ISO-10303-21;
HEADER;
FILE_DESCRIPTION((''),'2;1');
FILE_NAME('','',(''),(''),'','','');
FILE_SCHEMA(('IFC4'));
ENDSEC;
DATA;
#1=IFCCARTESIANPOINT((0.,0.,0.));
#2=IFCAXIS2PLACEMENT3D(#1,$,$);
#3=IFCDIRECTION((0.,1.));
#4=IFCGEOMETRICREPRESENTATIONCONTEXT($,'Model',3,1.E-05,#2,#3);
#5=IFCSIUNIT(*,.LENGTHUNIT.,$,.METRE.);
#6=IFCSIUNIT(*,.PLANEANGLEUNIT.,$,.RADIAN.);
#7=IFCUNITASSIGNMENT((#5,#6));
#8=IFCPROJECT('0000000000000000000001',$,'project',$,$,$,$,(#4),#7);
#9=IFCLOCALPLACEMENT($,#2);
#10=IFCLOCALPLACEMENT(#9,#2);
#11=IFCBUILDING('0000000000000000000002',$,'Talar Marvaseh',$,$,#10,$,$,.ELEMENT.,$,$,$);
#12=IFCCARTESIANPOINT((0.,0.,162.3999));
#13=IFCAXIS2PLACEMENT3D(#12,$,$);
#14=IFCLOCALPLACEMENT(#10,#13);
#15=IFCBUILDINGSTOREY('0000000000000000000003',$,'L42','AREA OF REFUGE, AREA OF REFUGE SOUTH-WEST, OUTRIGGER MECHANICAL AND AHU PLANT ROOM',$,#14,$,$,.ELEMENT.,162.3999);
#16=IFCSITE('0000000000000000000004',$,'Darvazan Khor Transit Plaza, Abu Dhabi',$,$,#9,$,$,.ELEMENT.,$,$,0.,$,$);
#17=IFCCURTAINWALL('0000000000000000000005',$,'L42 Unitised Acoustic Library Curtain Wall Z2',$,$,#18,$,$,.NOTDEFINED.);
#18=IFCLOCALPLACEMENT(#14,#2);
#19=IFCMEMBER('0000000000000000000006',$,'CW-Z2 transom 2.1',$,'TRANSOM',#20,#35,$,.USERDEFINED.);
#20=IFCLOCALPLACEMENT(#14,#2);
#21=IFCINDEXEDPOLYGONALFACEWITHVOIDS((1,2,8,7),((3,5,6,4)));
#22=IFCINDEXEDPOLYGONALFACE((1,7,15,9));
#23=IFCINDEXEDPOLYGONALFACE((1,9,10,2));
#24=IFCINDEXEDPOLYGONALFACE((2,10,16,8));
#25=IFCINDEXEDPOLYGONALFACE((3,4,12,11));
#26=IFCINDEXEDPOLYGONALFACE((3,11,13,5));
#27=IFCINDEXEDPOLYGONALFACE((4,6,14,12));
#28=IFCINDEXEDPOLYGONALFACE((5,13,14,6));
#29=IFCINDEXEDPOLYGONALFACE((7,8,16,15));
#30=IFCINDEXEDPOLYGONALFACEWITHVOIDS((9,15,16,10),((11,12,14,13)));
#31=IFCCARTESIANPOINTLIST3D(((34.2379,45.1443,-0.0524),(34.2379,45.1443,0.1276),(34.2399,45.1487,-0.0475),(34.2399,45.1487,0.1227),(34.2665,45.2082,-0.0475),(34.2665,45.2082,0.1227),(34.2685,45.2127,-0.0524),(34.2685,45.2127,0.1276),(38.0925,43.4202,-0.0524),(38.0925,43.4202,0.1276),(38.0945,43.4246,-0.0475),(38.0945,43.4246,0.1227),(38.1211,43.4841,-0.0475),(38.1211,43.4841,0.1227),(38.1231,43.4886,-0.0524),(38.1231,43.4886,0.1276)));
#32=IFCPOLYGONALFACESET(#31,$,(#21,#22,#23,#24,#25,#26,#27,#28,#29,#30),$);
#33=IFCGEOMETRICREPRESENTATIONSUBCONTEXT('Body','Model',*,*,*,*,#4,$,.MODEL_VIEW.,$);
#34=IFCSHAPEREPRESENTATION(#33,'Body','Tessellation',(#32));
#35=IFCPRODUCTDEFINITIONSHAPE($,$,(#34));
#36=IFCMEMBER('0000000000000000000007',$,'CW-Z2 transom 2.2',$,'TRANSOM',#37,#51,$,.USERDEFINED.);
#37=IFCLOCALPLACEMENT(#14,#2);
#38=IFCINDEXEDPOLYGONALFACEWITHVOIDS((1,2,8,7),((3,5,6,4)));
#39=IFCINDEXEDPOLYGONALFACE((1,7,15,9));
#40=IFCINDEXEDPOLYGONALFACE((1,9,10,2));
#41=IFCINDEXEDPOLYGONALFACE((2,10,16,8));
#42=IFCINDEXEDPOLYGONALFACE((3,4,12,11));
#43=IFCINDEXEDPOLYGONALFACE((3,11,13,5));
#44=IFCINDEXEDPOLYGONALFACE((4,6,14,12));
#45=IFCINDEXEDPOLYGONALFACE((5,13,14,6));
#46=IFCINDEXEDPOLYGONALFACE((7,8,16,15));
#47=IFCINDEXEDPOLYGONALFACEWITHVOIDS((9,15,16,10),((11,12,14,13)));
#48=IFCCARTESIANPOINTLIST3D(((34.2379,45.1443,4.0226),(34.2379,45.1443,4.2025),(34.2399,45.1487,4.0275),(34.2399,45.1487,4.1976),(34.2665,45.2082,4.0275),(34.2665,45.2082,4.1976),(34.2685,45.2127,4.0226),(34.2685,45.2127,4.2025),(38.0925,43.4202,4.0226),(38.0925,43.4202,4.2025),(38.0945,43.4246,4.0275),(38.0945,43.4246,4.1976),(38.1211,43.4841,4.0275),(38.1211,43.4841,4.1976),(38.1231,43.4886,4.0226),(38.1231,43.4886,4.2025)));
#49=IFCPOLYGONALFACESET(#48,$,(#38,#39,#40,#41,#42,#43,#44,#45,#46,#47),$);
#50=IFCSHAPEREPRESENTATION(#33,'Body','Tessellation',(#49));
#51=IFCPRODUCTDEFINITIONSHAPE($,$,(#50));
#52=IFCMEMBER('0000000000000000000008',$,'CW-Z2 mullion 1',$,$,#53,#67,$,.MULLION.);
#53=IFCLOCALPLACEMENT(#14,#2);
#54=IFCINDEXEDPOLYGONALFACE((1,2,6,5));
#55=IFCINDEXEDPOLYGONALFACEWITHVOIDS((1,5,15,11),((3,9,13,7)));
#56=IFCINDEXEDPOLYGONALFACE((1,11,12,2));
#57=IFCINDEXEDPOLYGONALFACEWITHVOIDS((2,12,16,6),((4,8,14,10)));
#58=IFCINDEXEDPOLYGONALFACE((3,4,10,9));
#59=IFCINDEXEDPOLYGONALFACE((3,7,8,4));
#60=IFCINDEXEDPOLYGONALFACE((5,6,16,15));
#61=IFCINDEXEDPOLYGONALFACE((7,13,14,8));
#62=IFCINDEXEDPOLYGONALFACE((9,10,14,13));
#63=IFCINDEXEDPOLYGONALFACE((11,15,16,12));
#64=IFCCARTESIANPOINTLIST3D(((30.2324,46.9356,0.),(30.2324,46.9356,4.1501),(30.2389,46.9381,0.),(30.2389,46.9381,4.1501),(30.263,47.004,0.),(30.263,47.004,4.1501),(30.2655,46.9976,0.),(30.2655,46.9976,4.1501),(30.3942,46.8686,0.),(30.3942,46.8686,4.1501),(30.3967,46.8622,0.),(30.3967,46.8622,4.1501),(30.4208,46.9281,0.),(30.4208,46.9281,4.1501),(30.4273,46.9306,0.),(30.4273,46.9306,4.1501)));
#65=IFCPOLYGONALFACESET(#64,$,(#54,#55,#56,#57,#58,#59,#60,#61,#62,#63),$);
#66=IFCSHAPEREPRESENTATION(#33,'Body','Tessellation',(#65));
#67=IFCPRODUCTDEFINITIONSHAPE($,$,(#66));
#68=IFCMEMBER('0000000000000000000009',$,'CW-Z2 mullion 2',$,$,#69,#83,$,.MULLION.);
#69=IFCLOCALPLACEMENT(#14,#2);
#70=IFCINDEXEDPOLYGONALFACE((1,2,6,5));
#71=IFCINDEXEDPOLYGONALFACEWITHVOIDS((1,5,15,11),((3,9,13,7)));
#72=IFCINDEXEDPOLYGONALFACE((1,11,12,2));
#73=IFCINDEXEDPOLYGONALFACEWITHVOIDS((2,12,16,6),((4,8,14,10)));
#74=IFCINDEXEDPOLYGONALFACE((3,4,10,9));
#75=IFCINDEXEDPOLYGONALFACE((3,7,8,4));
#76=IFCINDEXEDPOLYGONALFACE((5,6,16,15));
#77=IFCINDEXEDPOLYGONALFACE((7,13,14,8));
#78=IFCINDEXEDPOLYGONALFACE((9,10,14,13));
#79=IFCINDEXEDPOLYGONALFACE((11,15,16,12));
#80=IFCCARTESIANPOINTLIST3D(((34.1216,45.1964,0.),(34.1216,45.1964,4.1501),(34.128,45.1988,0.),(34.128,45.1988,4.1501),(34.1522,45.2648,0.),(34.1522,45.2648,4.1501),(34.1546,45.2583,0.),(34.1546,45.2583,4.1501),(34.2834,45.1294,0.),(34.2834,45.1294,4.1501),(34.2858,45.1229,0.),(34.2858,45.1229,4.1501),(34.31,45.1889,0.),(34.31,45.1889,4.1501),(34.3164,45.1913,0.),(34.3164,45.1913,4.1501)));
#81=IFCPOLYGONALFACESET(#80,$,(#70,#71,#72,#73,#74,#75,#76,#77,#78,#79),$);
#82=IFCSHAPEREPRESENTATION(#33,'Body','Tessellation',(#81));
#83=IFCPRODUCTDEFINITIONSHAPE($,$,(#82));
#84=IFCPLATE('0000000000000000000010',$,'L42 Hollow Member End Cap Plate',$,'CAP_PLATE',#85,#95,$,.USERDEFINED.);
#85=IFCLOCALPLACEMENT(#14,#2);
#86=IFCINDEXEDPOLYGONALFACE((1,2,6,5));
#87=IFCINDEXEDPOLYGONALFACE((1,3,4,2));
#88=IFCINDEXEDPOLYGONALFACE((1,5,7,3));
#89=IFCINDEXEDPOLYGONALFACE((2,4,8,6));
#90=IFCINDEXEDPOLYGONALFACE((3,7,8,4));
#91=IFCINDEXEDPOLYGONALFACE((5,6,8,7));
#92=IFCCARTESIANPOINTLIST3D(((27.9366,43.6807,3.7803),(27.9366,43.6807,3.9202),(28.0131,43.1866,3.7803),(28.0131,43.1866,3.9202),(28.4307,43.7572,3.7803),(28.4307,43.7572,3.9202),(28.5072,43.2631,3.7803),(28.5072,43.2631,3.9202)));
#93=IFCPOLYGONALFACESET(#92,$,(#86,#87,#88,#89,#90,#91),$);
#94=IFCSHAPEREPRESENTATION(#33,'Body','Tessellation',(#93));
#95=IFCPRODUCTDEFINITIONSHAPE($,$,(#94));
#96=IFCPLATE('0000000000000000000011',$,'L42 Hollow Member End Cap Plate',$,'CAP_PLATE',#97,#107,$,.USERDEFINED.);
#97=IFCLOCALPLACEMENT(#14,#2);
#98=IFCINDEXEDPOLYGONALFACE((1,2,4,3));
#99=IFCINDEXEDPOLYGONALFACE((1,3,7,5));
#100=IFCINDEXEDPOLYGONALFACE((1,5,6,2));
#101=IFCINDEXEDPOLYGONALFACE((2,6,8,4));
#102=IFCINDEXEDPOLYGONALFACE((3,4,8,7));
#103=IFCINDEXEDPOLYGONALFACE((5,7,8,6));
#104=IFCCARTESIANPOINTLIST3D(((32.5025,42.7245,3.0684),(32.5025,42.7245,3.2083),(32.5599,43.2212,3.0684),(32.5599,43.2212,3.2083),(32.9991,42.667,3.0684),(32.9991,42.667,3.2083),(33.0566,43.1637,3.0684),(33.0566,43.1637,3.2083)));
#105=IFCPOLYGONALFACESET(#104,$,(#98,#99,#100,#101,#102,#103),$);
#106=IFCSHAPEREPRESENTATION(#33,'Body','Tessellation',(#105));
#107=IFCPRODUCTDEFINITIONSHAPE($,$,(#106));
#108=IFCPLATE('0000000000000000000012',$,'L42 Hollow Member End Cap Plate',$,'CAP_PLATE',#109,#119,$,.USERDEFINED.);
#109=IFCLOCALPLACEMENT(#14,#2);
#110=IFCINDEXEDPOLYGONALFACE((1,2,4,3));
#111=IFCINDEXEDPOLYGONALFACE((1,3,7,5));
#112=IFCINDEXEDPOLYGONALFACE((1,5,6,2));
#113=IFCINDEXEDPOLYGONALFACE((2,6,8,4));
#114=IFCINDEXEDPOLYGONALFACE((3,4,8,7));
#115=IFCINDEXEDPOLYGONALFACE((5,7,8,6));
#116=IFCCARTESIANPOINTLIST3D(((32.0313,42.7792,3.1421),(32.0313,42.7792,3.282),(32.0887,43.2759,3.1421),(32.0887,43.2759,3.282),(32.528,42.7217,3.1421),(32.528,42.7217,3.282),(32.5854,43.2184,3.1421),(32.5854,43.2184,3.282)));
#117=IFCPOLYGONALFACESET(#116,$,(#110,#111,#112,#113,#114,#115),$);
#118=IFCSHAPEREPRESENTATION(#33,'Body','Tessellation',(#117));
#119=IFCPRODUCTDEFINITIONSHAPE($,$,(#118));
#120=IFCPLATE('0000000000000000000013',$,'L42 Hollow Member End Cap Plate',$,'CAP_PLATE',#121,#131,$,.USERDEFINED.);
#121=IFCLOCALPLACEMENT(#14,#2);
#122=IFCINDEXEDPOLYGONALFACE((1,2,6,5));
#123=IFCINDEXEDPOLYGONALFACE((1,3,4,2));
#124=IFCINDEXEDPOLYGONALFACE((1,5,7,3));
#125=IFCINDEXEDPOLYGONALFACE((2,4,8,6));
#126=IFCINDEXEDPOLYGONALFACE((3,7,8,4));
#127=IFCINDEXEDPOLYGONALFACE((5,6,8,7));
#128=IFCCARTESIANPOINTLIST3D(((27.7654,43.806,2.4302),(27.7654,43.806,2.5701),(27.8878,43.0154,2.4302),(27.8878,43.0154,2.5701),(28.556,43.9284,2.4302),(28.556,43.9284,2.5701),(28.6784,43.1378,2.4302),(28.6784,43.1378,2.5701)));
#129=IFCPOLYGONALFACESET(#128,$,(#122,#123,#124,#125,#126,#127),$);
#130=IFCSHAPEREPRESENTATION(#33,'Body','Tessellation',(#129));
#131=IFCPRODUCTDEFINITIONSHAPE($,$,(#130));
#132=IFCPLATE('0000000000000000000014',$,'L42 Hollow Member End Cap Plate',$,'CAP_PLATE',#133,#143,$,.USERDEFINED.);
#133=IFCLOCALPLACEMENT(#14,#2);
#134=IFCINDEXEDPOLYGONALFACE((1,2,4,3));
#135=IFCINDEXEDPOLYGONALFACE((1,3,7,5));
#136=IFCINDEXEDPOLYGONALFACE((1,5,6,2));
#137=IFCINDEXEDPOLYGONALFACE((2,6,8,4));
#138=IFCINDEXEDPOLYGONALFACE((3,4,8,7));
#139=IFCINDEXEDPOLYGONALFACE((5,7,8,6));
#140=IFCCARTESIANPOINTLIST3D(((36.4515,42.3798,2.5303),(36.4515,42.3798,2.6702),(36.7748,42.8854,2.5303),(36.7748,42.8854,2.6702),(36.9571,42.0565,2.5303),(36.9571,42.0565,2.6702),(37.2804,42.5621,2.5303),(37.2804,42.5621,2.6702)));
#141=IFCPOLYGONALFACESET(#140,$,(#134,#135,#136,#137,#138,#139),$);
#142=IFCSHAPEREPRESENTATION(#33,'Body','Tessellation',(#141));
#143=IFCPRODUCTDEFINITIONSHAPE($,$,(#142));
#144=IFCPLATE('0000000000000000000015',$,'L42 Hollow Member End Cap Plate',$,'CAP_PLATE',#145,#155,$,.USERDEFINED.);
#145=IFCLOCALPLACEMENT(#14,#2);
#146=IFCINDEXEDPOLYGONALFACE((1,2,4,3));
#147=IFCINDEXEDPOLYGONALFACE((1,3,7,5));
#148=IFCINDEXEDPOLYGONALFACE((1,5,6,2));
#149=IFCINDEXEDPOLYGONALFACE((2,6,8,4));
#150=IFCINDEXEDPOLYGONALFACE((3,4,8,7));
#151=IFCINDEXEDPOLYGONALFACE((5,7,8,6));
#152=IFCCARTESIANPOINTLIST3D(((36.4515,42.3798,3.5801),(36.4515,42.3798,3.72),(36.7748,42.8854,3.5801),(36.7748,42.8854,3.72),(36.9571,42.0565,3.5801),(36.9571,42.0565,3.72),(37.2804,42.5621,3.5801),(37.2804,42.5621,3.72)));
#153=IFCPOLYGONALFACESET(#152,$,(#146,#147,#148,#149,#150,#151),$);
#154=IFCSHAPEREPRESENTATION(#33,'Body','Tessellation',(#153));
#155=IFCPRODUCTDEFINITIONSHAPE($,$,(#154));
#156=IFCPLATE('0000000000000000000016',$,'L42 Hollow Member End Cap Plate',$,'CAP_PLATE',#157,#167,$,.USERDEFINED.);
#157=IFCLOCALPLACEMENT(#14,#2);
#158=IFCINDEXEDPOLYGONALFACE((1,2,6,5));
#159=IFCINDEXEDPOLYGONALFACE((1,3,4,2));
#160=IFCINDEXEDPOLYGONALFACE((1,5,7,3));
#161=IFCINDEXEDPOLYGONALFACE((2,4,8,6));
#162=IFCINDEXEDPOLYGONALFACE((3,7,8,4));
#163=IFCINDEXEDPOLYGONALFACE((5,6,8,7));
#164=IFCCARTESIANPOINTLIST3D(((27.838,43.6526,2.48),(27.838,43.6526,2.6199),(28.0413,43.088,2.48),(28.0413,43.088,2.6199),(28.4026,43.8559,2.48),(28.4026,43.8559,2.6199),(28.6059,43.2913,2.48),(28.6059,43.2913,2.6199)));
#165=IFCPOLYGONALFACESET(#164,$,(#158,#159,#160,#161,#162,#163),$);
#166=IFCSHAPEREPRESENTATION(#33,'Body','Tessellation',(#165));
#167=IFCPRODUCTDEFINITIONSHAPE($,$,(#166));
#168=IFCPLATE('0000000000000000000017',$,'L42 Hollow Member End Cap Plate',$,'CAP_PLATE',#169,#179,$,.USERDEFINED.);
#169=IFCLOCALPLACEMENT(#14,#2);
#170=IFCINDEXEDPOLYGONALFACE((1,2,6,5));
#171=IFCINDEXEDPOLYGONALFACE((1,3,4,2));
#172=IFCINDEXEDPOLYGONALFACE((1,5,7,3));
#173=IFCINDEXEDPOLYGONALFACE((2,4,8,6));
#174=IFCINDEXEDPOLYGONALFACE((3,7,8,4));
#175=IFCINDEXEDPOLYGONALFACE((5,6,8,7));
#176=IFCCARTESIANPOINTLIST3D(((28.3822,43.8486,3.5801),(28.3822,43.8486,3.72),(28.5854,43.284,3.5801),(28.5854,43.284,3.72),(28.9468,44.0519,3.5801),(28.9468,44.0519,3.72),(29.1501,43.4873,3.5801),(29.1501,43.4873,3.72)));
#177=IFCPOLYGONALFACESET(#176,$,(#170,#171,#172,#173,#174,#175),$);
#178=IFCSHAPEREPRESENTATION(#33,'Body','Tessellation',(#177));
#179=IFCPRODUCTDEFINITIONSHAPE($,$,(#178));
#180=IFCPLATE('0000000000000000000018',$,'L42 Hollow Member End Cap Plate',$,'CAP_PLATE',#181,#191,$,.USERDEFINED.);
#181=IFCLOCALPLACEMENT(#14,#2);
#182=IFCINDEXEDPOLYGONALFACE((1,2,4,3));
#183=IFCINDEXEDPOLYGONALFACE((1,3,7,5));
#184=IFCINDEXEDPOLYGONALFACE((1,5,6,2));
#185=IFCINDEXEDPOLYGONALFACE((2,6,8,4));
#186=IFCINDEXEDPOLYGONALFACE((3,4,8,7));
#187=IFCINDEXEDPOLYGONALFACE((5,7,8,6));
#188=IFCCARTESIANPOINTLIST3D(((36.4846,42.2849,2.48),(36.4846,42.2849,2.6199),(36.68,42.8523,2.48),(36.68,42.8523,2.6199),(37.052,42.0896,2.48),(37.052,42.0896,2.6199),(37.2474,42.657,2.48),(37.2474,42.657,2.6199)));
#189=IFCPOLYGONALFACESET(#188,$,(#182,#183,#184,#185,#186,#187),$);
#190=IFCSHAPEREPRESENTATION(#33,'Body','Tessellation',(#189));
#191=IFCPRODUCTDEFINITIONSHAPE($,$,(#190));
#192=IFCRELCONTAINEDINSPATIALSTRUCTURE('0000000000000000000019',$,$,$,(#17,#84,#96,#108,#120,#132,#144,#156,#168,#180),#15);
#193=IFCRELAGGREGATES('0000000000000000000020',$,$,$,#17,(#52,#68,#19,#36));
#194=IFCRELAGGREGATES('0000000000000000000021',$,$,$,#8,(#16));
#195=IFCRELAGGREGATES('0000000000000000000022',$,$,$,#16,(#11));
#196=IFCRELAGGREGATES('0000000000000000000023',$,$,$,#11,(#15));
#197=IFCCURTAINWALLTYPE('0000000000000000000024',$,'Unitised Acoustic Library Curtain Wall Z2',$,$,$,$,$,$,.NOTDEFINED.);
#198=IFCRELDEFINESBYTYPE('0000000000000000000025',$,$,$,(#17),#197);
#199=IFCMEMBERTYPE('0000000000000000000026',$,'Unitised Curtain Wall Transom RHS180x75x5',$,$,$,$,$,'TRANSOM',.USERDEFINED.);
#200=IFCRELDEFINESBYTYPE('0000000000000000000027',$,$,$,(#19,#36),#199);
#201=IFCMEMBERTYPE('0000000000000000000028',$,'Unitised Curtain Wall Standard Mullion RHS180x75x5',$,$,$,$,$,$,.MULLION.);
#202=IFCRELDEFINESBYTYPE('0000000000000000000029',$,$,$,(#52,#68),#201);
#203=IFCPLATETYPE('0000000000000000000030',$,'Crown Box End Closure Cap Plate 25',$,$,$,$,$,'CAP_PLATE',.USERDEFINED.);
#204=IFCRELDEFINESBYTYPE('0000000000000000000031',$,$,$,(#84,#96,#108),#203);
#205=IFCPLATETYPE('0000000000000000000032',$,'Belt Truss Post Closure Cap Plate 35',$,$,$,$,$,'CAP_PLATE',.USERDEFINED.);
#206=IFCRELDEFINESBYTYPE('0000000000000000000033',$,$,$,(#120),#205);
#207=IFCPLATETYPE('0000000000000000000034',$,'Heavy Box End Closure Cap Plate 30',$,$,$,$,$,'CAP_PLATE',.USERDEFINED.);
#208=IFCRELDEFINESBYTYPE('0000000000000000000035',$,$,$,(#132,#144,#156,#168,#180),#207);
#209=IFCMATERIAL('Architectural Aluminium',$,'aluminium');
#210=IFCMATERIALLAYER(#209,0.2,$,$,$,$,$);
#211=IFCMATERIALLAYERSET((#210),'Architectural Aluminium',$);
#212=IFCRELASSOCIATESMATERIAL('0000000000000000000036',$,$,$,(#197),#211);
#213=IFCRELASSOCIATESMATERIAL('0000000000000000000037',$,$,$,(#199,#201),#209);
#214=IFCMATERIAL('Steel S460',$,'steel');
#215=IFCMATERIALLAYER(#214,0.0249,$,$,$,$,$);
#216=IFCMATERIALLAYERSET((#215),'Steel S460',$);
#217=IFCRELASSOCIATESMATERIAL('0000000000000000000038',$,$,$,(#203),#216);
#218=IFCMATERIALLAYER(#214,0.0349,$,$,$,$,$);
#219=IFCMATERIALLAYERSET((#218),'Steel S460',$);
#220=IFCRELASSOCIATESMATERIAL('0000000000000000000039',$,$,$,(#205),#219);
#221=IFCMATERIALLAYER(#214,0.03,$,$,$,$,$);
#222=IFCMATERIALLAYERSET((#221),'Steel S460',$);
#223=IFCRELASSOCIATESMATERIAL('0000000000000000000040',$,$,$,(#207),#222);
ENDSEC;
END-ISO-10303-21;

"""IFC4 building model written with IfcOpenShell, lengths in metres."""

from ifc_helpers import new_model, si_unit, direction, frame, origin, origin_2d, place, context, subcontext, project, spatial, rectangle, hollow_rectangle, extrude, source, transform, mapped, material, layer, layer_set, material_profile, profile_set, type_object, type_shapes, element, aggregate, save


model = new_model("IFC4")

# Units and contexts
model_context = context("Model", 3, precision=1e-05, world=origin(), true_north=direction((0.0, 1.0)))
body_context = subcontext(model_context, "Body", "Model", "MODEL_VIEW")
ifc_project = project(units=[si_unit("LENGTHUNIT", "METRE"), si_unit("PLANEANGLEUNIT", "RADIAN")], contexts=[model_context])

# Site, building, storey
site_placement = place(None, origin())
site = spatial("IfcSite", under=ifc_project, at=site_placement, Name="Darvazan Khor Transit Plaza, Abu Dhabi", CompositionType="ELEMENT", RefElevation=0.0)
building_placement = place(site_placement, origin())
building = spatial("IfcBuilding", under=site, at=building_placement, Name="Talar Marvaseh", CompositionType="ELEMENT")
storey_placement = place(building_placement, frame((0.0, 0.0, 162.3999)))
storey = spatial("IfcBuildingStorey", under=building, at=storey_placement, Name="L42", Description="AREA OF REFUGE, AREA OF REFUGE SOUTH-WEST, OUTRIGGER MECHANICAL AND AHU PLANT ROOM", CompositionType="ELEMENT", Elevation=162.3999)

# Shared definitions
ifc_material_1 = material(Name="Steel S460", Category="steel")

# Curtain wall, members
ifc_material_2 = material(Name="Architectural Aluminium", Category="aluminium")
ifc_layer_1 = layer(ifc_material_2, 0.2)
ifc_layer_set_1 = layer_set([ifc_layer_1], Name="Architectural Aluminium")
curtain_wall_type = type_object("IfcCurtainWallType", Name="Unitised Acoustic Library Curtain Wall Z2", PredefinedType="NOTDEFINED", material=ifc_layer_set_1)
curtain_wall_placement = place(storey_placement, origin())
curtain_wall = element("IfcCurtainWall", 1, at=curtain_wall_placement, inside=storey, type_object=curtain_wall_type, Name="L42 Unitised Acoustic Library Curtain Wall Z2", PredefinedType="NOTDEFINED")
ifc_material_profile_1 = material_profile(ifc_material_2, hollow_rectangle(XDim=0.075, YDim=0.1799, WallThickness=0.0049, at=origin_2d()), Name="RHS180x75x5")
ifc_profile_set_1 = profile_set([ifc_material_profile_1], Name="Architectural Aluminium")
member_type_1 = type_object("IfcMemberType", Name="Unitised Curtain Wall Transom RHS180x75x5", ElementType="TRANSOM", PredefinedType="USERDEFINED", material=ifc_profile_set_1)
shared_shape_1 = source(origin(), body_context, "Body", "SweptSolid", [
    extrude(hollow_rectangle(XDim=0.075, YDim=0.1799, WallThickness=0.0049, at=origin_2d()), origin(), (0.0, 0.0, 1.0), 4.2227),
])
member_1_placement = place(storey_placement, frame((34.2532, 45.1785, 0.0376), z_axis=(0.912851, -0.408294, 0.0), x_axis=(0.408294, 0.912851, 0.0)))
member_1 = element("IfcMember", 2, at=member_1_placement, type_object=member_type_1, Name="CW-Z2 transom 2.1", ObjectType="TRANSOM", PredefinedType="USERDEFINED", context=body_context, shape_type="MappedRepresentation", body=[
    mapped(shared_shape_1, transform((0.0, 0.0, 0.0), x_axis=(1.0, 0.0, 0.0), y_axis=(0.0, 1.0, 0.0), z_axis=(0.0, 0.0, 1.0), scale=1.0)),
])
member_2_placement = place(storey_placement, frame((34.2532, 45.1785, 4.1125), z_axis=(0.912851, -0.408294, 0.0), x_axis=(0.408294, 0.912851, 0.0)))
member_2 = element("IfcMember", 3, at=member_2_placement, type_object=member_type_1, Name="CW-Z2 transom 2.2", ObjectType="TRANSOM", PredefinedType="USERDEFINED", context=body_context, shape_type="MappedRepresentation", body=[
    mapped(shared_shape_1, transform((0.0, 0.0, 0.0), x_axis=(1.0, 0.0, 0.0), y_axis=(0.0, 1.0, 0.0), z_axis=(0.0, 0.0, 1.0), scale=1.0)),
])
ifc_material_profile_2 = material_profile(ifc_material_2, hollow_rectangle(XDim=0.075, YDim=0.1799, WallThickness=0.0049, at=origin_2d()), Name="RHS180x75x5")
ifc_profile_set_2 = profile_set([ifc_material_profile_2], Name="Architectural Aluminium")
member_type_2 = type_object("IfcMemberType", Name="Unitised Curtain Wall Standard Mullion RHS180x75x5", PredefinedType="MULLION", material=ifc_profile_set_2)
shared_shape_2 = source(origin(), body_context, "Body", "SweptSolid", [
    extrude(hollow_rectangle(XDim=0.075, YDim=0.1799, WallThickness=0.0049, at=origin_2d()), origin(), (0.0, 0.0, 1.0), 4.1501),
])
type_shapes(member_type_2, [shared_shape_2])
member_3_placement = place(storey_placement, frame((30.3298, 46.9331, 0.0), z_axis=(0.0, 0.0, 1.0), x_axis=(0.40827, 0.912861, 0.0)))
member_3 = element("IfcMember", 4, at=member_3_placement, type_object=member_type_2, Name="CW-Z2 mullion 1", PredefinedType="MULLION", context=body_context, shape_type="MappedRepresentation", body=[
    mapped(shared_shape_2, transform((0.0, 0.0, 0.0), x_axis=(1.0, 0.0, 0.0), y_axis=(0.0, 1.0, 0.0), z_axis=(0.0, 0.0, 1.0), scale=1.0)),
])
member_4_placement = place(storey_placement, frame((34.219, 45.1938, 0.0), z_axis=(0.0, 0.0, 1.0), x_axis=(0.40827, 0.912861, 0.0)))
member_4 = element("IfcMember", 5, at=member_4_placement, type_object=member_type_2, Name="CW-Z2 mullion 2", PredefinedType="MULLION", context=body_context, shape_type="MappedRepresentation", body=[
    mapped(shared_shape_2, transform((0.0, 0.0, 0.0), x_axis=(1.0, 0.0, 0.0), y_axis=(0.0, 1.0, 0.0), z_axis=(0.0, 0.0, 1.0), scale=1.0)),
])

# Plates
ifc_layer_2 = layer(ifc_material_1, 0.0249)
ifc_layer_set_2 = layer_set([ifc_layer_2], Name="Steel S460")
plate_type_1 = type_object("IfcPlateType", Name="Crown Box End Closure Cap Plate 25", ElementType="CAP_PLATE", PredefinedType="USERDEFINED", material=ifc_layer_set_2)
shared_shape_3 = source(origin(), body_context, "Body", "SweptSolid", [
    extrude(rectangle(XDim=0.5, YDim=0.5, at=origin_2d()), origin(), (0.0, 0.0, 1.0), 0.1399),
])
type_shapes(plate_type_1, [shared_shape_3])
for number, where, z_axis, x_axis, name in (
    (6, (28.2219, 43.4719, 3.7803), (0.0, 0.0, 1.0), (0.988228, 0.152986, 0.0), "L42 Hollow Member End Cap Plate"),
    (7, (32.7795, 42.9441, 3.0684), (0.0, 0.0, 1.0), (-0.993373, 0.114937, 0.0), "L42 Hollow Member End Cap Plate"),
    (8, (32.3083, 42.9988, 3.1421), (0.0, 0.0, 1.0), (-0.993373, 0.114937, 0.0), "L42 Hollow Member End Cap Plate"),
):
    element("IfcPlate", number, at=place(storey_placement, frame(where, z_axis=z_axis, x_axis=x_axis)), inside=storey, type_object=plate_type_1, Name=name, ObjectType="CAP_PLATE", PredefinedType="USERDEFINED", context=body_context, shape_type="MappedRepresentation", body=[
        mapped(shared_shape_3, transform((0.0, 0.0, 0.0), x_axis=(1.0, 0.0, 0.0), y_axis=(0.0, 1.0, 0.0), z_axis=(0.0, 0.0, 1.0), scale=1.0)),
    ])
ifc_layer_3 = layer(ifc_material_1, 0.0349)
ifc_layer_set_3 = layer_set([ifc_layer_3], Name="Steel S460")
plate_type_2 = type_object("IfcPlateType", Name="Belt Truss Post Closure Cap Plate 35", ElementType="CAP_PLATE", PredefinedType="USERDEFINED", material=ifc_layer_set_3)
shared_shape_4 = source(origin(), body_context, "Body", "SweptSolid", [
    extrude(rectangle(XDim=0.8, YDim=0.8, at=origin_2d()), origin(), (0.0, 0.0, 1.0), 0.1399),
])
type_shapes(plate_type_2, [shared_shape_4])
plate_1_placement = place(storey_placement, frame((28.2219, 43.4719, 2.4302), z_axis=(0.0, 0.0, 1.0), x_axis=(0.988228, 0.152986, 0.0)))
element("IfcPlate", 9, at=plate_1_placement, inside=storey, type_object=plate_type_2, Name="L42 Hollow Member End Cap Plate", ObjectType="CAP_PLATE", PredefinedType="USERDEFINED", context=body_context, shape_type="MappedRepresentation", body=[
    mapped(shared_shape_4, transform((0.0, 0.0, 0.0), x_axis=(1.0, 0.0, 0.0), y_axis=(0.0, 1.0, 0.0), z_axis=(0.0, 0.0, 1.0), scale=1.0)),
])
ifc_layer_4 = layer(ifc_material_1, 0.03)
ifc_layer_set_4 = layer_set([ifc_layer_4], Name="Steel S460")
plate_type_3 = type_object("IfcPlateType", Name="Heavy Box End Closure Cap Plate 30", ElementType="CAP_PLATE", PredefinedType="USERDEFINED", material=ifc_layer_set_4)
shared_shape_5 = source(origin(), body_context, "Body", "SweptSolid", [
    extrude(rectangle(XDim=0.6001, YDim=0.6001, at=origin_2d()), origin(), (0.0, 0.0, 1.0), 0.1399),
])
type_shapes(plate_type_3, [shared_shape_5])
for number, where, z_axis, x_axis, name in (
    (10, (36.866, 42.4709, 2.5303), (0.0, 0.0, 1.0), (0.538771, 0.842452, 0.0), "L42 Hollow Member End Cap Plate"),
    (11, (36.866, 42.4709, 3.5801), (0.0, 0.0, 1.0), (0.538771, 0.842452, 0.0), "L42 Hollow Member End Cap Plate"),
    (12, (28.2219, 43.4719, 2.48), (0.0, 0.0, 1.0), (0.940881, 0.338738, 0.0), "L42 Hollow Member End Cap Plate"),
    (13, (28.7661, 43.668, 3.5801), (0.0, 0.0, 1.0), (0.940881, 0.338738, 0.0), "L42 Hollow Member End Cap Plate"),
    (14, (36.866, 42.4709, 2.48), (0.0, 0.0, 1.0), (-0.325568, -0.945519, 0.0), "L42 Hollow Member End Cap Plate"),
):
    element("IfcPlate", number, at=place(storey_placement, frame(where, z_axis=z_axis, x_axis=x_axis)), inside=storey, type_object=plate_type_3, Name=name, ObjectType="CAP_PLATE", PredefinedType="USERDEFINED", context=body_context, shape_type="MappedRepresentation", body=[
        mapped(shared_shape_5, transform((0.0, 0.0, 0.0), x_axis=(1.0, 0.0, 0.0), y_axis=(0.0, 1.0, 0.0), z_axis=(0.0, 0.0, 1.0), scale=1.0)),
    ])

aggregate(curtain_wall, [member_3, member_4, member_1, member_2])

save(model, "model.ifc")
